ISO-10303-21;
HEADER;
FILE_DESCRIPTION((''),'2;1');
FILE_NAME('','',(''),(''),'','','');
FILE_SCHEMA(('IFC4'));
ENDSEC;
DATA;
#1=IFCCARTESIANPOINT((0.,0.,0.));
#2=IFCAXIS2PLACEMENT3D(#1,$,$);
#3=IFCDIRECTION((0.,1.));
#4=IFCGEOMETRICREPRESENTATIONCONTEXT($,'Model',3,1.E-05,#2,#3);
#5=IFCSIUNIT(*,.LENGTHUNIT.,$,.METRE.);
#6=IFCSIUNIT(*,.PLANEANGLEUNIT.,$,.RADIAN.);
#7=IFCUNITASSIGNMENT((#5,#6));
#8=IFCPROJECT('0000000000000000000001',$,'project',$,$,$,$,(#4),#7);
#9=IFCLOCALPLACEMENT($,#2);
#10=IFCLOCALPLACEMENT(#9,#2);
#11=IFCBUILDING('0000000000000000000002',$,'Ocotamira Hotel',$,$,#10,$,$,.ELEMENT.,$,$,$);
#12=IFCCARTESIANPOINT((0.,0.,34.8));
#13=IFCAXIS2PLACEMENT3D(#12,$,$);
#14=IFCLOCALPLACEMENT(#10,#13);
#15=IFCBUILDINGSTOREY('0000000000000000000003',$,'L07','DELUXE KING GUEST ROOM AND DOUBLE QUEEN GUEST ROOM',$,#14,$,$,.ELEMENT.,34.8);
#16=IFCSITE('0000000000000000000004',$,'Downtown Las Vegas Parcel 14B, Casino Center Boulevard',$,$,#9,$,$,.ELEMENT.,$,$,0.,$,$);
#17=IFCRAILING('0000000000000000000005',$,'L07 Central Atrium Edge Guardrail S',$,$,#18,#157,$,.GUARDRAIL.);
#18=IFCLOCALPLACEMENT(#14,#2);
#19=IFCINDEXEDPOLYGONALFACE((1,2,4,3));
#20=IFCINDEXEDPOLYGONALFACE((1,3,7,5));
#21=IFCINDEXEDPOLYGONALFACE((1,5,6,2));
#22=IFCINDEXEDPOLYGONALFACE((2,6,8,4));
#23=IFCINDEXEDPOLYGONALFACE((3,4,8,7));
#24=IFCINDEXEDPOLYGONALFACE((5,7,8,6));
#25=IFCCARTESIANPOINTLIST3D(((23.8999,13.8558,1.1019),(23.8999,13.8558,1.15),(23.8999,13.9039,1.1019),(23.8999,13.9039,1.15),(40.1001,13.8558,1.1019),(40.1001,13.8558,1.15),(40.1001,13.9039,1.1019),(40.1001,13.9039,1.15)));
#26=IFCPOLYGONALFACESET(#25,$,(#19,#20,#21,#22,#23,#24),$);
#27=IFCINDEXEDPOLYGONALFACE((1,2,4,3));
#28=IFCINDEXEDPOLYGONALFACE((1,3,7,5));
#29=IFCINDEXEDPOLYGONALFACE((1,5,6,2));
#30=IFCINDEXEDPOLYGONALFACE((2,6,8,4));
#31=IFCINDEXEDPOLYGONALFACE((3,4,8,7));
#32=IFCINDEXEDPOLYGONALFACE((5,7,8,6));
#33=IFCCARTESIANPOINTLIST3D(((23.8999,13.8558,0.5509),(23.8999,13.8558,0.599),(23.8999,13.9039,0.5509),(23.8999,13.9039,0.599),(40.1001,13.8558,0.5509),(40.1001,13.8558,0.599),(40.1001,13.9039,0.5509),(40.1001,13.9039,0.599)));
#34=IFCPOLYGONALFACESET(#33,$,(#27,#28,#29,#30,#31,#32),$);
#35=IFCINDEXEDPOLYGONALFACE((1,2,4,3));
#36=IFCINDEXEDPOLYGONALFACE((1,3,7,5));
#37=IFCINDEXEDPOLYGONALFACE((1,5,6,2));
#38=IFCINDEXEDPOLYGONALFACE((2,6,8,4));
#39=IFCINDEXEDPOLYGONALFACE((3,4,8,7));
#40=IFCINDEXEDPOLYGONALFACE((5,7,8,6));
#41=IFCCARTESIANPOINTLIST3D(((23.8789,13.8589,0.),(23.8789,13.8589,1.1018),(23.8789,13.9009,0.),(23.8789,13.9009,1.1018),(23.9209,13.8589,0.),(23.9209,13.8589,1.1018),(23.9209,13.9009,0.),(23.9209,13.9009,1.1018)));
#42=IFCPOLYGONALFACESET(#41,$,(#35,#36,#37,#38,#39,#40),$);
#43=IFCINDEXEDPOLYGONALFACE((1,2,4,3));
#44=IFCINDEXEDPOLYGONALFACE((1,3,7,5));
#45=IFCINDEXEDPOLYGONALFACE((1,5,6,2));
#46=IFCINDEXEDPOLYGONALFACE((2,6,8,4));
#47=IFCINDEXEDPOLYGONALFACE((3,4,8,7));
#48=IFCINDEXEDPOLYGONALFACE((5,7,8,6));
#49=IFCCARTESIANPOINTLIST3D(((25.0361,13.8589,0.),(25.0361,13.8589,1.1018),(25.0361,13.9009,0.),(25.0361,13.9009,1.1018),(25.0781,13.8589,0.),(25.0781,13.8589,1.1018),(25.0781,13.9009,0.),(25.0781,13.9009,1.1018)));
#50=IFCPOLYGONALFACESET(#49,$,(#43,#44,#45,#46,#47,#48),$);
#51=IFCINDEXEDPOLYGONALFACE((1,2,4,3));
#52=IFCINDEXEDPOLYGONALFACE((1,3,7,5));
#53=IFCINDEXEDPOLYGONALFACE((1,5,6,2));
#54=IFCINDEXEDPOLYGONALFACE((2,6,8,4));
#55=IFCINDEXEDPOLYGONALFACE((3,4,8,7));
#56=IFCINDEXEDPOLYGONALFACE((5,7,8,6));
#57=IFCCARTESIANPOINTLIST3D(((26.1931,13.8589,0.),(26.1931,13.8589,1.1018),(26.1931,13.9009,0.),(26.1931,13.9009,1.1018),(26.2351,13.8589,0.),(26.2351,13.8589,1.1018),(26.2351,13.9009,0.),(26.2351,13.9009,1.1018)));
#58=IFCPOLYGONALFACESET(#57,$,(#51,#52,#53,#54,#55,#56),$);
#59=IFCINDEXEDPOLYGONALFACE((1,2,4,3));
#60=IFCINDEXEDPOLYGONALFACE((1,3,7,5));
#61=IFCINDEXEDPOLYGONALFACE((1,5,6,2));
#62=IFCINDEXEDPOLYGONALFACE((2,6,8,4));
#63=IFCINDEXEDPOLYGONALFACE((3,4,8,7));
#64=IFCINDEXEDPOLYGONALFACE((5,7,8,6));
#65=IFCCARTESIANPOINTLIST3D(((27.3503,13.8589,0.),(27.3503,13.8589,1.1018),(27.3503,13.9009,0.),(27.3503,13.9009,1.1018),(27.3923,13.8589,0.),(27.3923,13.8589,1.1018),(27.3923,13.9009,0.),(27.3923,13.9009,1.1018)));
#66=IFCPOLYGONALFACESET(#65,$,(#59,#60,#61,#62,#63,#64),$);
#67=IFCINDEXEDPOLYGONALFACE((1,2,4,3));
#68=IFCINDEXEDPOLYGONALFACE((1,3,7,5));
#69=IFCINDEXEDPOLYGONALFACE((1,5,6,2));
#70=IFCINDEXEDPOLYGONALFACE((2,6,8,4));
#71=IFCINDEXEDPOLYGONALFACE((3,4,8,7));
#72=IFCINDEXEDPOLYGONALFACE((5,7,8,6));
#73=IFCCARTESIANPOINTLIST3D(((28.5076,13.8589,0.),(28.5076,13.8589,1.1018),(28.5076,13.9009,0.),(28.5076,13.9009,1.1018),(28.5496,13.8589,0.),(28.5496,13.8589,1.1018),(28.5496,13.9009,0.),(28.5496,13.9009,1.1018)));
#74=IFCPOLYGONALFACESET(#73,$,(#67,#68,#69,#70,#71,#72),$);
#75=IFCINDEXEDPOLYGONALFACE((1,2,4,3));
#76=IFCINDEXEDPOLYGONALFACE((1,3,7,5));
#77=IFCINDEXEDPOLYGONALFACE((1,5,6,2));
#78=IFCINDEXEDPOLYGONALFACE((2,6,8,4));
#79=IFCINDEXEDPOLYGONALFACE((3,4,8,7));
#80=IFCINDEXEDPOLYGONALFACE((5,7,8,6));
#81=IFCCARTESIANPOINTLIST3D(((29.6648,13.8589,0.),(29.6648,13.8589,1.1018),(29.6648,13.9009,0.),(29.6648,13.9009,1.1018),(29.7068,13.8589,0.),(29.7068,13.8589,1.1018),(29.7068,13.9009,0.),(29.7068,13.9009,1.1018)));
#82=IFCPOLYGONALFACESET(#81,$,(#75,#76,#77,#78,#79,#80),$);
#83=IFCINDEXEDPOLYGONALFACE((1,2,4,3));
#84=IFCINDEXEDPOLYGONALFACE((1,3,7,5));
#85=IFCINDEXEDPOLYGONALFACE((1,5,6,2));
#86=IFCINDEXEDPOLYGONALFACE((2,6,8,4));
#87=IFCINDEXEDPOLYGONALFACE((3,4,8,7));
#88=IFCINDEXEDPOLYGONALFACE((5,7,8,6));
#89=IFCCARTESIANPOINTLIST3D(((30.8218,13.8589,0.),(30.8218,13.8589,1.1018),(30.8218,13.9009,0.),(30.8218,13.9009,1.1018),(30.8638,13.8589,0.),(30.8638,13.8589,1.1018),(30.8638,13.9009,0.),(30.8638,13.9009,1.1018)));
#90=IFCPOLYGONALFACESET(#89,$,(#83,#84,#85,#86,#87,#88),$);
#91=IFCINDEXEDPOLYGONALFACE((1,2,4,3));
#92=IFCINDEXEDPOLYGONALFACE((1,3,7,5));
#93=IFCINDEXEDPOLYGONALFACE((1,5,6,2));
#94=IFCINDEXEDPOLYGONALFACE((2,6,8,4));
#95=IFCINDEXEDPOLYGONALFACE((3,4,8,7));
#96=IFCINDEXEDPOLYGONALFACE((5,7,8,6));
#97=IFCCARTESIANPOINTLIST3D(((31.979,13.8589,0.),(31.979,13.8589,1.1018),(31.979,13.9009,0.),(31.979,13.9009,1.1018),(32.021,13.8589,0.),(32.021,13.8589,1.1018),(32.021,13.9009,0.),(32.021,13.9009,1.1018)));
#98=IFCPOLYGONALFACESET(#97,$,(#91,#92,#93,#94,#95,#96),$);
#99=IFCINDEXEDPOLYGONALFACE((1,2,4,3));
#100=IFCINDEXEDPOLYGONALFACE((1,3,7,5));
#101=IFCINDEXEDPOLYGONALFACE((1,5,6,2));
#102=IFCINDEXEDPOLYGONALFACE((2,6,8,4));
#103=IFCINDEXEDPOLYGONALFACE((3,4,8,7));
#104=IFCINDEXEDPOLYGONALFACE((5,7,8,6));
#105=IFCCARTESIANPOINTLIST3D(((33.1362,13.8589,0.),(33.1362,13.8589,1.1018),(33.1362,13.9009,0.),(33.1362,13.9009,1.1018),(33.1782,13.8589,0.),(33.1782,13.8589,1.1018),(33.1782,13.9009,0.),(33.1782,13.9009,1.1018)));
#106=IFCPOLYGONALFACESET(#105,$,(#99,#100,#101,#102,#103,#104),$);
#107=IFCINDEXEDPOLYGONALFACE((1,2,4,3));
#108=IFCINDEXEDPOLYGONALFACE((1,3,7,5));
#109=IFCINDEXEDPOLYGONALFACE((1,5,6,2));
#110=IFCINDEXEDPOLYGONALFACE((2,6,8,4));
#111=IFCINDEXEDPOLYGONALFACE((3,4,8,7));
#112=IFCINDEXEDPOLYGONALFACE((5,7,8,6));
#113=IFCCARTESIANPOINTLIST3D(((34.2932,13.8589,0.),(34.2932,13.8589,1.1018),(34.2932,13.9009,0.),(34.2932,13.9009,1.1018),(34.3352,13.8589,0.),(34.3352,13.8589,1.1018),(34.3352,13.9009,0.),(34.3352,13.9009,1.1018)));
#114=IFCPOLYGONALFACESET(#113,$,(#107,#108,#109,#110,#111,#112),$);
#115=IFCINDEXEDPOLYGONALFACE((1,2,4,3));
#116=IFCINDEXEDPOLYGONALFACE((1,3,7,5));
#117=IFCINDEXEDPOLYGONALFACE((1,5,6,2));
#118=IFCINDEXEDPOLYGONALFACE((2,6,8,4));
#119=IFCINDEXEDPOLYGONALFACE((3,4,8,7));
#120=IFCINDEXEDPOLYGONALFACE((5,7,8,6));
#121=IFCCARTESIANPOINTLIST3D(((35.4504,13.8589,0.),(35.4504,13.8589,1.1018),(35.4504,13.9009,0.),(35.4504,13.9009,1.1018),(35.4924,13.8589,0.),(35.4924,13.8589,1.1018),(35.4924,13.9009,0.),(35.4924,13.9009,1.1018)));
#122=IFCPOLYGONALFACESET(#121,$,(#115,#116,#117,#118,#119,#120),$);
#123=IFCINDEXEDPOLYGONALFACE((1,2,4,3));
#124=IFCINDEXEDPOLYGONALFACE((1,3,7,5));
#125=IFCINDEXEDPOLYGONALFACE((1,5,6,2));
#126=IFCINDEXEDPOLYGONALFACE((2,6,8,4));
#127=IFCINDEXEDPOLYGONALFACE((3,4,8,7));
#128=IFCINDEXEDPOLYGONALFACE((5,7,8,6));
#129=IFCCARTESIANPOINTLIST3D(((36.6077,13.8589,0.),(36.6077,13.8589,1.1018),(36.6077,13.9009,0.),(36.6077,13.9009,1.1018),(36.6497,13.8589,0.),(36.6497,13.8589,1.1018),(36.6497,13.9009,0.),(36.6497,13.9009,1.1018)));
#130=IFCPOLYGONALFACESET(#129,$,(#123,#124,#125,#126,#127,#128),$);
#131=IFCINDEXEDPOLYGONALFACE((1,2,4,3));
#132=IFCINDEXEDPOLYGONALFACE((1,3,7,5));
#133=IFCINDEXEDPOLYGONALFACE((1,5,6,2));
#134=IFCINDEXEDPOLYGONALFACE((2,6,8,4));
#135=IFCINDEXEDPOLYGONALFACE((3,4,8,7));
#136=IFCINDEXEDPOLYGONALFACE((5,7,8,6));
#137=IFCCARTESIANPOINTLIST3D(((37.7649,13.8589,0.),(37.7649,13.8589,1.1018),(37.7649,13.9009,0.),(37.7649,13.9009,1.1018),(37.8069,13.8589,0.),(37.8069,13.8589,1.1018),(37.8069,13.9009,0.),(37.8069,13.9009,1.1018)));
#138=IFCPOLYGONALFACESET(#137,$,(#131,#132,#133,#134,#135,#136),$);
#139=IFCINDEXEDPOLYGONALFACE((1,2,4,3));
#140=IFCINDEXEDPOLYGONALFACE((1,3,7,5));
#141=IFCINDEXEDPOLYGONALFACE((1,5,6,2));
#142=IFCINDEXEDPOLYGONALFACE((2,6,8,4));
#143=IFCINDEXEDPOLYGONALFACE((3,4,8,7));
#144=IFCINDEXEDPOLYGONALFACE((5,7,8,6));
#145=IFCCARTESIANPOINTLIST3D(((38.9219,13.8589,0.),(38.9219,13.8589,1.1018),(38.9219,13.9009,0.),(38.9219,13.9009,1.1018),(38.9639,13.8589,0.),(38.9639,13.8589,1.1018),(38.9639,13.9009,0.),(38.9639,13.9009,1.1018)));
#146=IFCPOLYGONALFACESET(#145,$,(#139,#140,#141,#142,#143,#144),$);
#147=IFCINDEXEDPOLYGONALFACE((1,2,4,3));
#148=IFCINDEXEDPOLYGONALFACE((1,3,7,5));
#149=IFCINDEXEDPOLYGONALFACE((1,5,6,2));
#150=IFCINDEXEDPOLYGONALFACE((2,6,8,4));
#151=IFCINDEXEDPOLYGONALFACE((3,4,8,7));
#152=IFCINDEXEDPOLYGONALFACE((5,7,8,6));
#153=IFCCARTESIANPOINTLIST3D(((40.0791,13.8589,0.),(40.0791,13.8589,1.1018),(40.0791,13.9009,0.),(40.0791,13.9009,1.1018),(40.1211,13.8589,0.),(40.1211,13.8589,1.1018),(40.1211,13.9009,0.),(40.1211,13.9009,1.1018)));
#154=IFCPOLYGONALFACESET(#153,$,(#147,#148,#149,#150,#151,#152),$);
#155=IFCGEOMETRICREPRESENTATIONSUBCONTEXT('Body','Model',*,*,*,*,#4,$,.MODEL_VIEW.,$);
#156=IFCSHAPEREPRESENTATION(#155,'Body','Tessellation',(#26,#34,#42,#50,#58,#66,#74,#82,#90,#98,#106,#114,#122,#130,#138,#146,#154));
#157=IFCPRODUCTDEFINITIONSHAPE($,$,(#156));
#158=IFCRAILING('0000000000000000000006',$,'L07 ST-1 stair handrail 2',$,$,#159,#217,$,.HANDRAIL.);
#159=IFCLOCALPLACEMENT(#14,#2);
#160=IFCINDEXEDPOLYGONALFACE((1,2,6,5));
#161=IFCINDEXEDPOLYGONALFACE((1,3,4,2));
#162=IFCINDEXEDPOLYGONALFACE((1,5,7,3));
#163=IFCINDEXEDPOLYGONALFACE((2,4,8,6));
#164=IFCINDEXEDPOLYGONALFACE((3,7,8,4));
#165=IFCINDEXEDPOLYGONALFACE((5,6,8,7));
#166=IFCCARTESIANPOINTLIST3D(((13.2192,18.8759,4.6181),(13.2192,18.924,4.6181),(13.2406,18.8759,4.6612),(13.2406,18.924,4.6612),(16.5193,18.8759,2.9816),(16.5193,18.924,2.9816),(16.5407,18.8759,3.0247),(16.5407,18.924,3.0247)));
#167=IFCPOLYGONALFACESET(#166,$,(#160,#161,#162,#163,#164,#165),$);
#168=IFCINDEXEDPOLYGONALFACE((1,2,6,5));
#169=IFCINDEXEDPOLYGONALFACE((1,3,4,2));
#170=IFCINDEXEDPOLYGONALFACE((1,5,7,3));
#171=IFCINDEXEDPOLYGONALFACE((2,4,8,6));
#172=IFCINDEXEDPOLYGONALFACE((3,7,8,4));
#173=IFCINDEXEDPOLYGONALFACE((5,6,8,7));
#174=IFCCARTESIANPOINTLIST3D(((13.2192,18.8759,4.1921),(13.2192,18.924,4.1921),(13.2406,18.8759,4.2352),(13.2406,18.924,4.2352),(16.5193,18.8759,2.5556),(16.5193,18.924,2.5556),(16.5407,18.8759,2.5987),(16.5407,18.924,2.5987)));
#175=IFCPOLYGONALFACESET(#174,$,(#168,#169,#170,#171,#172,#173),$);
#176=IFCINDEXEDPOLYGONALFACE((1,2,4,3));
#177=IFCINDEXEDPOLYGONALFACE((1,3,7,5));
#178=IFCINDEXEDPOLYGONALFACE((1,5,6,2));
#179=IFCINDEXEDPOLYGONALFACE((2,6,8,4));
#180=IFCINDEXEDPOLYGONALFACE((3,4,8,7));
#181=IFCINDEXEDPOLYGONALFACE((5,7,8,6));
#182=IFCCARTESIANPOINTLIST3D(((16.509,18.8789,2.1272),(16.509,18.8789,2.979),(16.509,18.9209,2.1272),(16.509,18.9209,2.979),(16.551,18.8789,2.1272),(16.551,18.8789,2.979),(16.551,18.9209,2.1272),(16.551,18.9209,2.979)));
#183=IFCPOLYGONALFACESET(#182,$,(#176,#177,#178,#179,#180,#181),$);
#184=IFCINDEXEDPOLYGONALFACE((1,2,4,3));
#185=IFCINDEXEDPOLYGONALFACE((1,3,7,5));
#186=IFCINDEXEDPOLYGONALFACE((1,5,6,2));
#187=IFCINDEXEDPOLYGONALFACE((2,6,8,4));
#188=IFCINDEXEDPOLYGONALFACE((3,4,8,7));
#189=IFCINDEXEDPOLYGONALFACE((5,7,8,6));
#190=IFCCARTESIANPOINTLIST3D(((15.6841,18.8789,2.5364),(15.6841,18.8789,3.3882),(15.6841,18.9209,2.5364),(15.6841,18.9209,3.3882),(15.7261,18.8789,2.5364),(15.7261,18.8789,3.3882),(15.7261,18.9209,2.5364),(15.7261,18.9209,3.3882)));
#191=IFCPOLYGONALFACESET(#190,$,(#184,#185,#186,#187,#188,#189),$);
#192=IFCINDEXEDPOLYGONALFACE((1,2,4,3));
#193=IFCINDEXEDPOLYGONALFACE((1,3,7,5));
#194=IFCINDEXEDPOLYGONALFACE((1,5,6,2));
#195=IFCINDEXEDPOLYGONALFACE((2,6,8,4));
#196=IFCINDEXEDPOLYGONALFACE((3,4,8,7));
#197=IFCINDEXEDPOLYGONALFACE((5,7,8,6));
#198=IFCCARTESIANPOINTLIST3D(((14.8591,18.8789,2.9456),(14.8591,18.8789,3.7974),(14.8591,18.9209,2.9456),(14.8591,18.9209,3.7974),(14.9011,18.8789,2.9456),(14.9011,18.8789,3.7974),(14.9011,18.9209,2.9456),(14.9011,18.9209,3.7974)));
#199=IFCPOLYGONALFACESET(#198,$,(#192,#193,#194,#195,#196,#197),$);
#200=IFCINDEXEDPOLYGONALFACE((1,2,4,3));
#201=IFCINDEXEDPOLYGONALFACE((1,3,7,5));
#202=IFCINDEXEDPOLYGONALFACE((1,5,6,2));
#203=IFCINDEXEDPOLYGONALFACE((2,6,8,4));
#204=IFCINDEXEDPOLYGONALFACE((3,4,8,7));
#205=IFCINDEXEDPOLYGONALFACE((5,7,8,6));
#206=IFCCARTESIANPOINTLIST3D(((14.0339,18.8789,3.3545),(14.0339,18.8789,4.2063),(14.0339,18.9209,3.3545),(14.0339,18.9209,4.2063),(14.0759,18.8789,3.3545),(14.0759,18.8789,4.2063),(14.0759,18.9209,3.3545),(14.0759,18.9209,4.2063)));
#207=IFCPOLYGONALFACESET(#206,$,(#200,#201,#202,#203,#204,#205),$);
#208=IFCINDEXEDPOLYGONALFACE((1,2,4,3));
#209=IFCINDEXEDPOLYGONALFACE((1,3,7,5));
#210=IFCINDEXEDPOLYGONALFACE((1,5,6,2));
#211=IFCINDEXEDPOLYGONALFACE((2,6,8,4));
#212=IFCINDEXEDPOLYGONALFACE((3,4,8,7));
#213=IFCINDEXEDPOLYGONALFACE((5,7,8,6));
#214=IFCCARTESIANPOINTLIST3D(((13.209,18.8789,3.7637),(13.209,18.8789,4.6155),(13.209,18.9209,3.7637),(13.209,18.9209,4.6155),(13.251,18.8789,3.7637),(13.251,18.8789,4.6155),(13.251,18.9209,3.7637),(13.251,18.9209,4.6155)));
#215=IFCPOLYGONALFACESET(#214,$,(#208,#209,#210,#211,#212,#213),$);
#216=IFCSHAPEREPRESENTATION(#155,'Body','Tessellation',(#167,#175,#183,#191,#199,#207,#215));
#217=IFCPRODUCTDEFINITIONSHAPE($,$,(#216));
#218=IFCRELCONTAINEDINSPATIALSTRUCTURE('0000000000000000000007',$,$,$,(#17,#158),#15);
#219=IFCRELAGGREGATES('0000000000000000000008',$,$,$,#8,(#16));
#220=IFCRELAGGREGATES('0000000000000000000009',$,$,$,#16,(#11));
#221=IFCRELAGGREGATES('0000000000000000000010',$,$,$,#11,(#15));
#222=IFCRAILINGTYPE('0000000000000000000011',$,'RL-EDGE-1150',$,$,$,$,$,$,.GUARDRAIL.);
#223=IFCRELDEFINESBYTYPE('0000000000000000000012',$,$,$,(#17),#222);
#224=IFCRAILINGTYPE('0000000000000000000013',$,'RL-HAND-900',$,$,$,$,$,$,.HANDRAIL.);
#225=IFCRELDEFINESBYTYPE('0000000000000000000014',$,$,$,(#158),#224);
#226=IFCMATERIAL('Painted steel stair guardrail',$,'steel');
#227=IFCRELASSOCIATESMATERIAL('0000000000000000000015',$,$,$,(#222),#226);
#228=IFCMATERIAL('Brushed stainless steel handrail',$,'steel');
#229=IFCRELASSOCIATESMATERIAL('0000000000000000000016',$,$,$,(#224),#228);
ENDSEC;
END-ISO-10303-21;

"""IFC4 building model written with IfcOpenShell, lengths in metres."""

from ifc_helpers import new_model, si_unit, direction, frame, origin, origin_2d, place, context, subcontext, project, spatial, rectangle, extrude, material, type_object, element, save


model = new_model("IFC4")

# Units and contexts
model_context = context("Model", 3, precision=1e-05, world=origin(), true_north=direction((0.0, 1.0)))
body_context = subcontext(model_context, "Body", "Model", "MODEL_VIEW")
ifc_project = project(units=[si_unit("LENGTHUNIT", "METRE"), si_unit("PLANEANGLEUNIT", "RADIAN")], contexts=[model_context])

# Site, building, storey
site_placement = place(None, origin())
site = spatial("IfcSite", under=ifc_project, at=site_placement, Name="Downtown Las Vegas Parcel 14B, Casino Center Boulevard", CompositionType="ELEMENT", RefElevation=0.0)
building_placement = place(site_placement, origin())
building = spatial("IfcBuilding", under=site, at=building_placement, Name="Ocotamira Hotel", CompositionType="ELEMENT")
storey_placement = place(building_placement, frame((0.0, 0.0, 34.8)))
storey = spatial("IfcBuildingStorey", under=building, at=storey_placement, Name="L07", Description="DELUXE KING GUEST ROOM AND DOUBLE QUEEN GUEST ROOM", CompositionType="ELEMENT", Elevation=34.8)

# Railings
ifc_material_1 = material(Name="Painted steel stair guardrail", Category="steel")
railing_type_1 = type_object("IfcRailingType", Name="RL-EDGE-1150", PredefinedType="GUARDRAIL", material=ifc_material_1)
railing_1_placement = place(storey_placement, frame((23.8999, 13.8799, 0.0)))
element("IfcRailing", 1, at=railing_1_placement, inside=storey, type_object=railing_type_1, Name="L07 Central Atrium Edge Guardrail S", PredefinedType="GUARDRAIL", context=body_context, shape_type="SweptSolid", body=[
    extrude(rectangle(XDim=0.0481, YDim=0.0481, at=origin_2d()), frame((0.0, 0.0, 1.126), z_axis=(1.0, 0.0, 0.0), x_axis=(0.0, 1.0, 0.0)), (0.0, 0.0, 1.0), 16.2002),
    extrude(rectangle(XDim=0.0481, YDim=0.0481, at=origin_2d()), frame((0.0, 0.0, 0.575), z_axis=(1.0, 0.0, 0.0), x_axis=(0.0, 1.0, 0.0)), (0.0, 0.0, 1.0), 16.2002),
    extrude(rectangle(XDim=0.042, YDim=0.042, at=origin_2d()), origin(), (0.0, 0.0, 1.0), 1.1018),
    extrude(rectangle(XDim=0.042, YDim=0.042, at=origin_2d()), frame((1.1572, 0.0, 0.0)), (0.0, 0.0, 1.0), 1.1018),
    extrude(rectangle(XDim=0.042, YDim=0.042, at=origin_2d()), frame((2.3142, 0.0, 0.0)), (0.0, 0.0, 1.0), 1.1018),
    extrude(rectangle(XDim=0.042, YDim=0.042, at=origin_2d()), frame((3.4714, 0.0, 0.0)), (0.0, 0.0, 1.0), 1.1018),
    extrude(rectangle(XDim=0.042, YDim=0.042, at=origin_2d()), frame((4.6287, 0.0, 0.0)), (0.0, 0.0, 1.0), 1.1018),
    extrude(rectangle(XDim=0.042, YDim=0.042, at=origin_2d()), frame((5.7859, 0.0, 0.0)), (0.0, 0.0, 1.0), 1.1018),
    extrude(rectangle(XDim=0.042, YDim=0.042, at=origin_2d()), frame((6.9429, 0.0, 0.0)), (0.0, 0.0, 1.0), 1.1018),
    extrude(rectangle(XDim=0.042, YDim=0.042, at=origin_2d()), frame((8.1001, 0.0, 0.0)), (0.0, 0.0, 1.0), 1.1018),
    extrude(rectangle(XDim=0.042, YDim=0.042, at=origin_2d()), frame((9.2573, 0.0, 0.0)), (0.0, 0.0, 1.0), 1.1018),
    extrude(rectangle(XDim=0.042, YDim=0.042, at=origin_2d()), frame((10.4143, 0.0, 0.0)), (0.0, 0.0, 1.0), 1.1018),
    extrude(rectangle(XDim=0.042, YDim=0.042, at=origin_2d()), frame((11.5715, 0.0, 0.0)), (0.0, 0.0, 1.0), 1.1018),
    extrude(rectangle(XDim=0.042, YDim=0.042, at=origin_2d()), frame((12.7288, 0.0, 0.0)), (0.0, 0.0, 1.0), 1.1018),
    extrude(rectangle(XDim=0.042, YDim=0.042, at=origin_2d()), frame((13.886, 0.0, 0.0)), (0.0, 0.0, 1.0), 1.1018),
    extrude(rectangle(XDim=0.042, YDim=0.042, at=origin_2d()), frame((15.043, 0.0, 0.0)), (0.0, 0.0, 1.0), 1.1018),
    extrude(rectangle(XDim=0.042, YDim=0.042, at=origin_2d()), frame((16.2002, 0.0, 0.0)), (0.0, 0.0, 1.0), 1.1018),
])
ifc_material_2 = material(Name="Brushed stainless steel handrail", Category="steel")
railing_type_2 = type_object("IfcRailingType", Name="RL-HAND-900", PredefinedType="HANDRAIL", material=ifc_material_2)
railing_2_placement = place(storey_placement, frame((16.53, 18.8999, 2.1272)))
element("IfcRailing", 2, at=railing_2_placement, inside=storey, type_object=railing_type_2, Name="L07 ST-1 stair handrail 2", PredefinedType="HANDRAIL", context=body_context, shape_type="SweptSolid", body=[
    extrude(rectangle(XDim=0.0481, YDim=0.0481, at=origin_2d()), frame((0.0, 0.0, 0.876), z_axis=(-0.895894, 0.0, 0.444268), x_axis=(0.0, -1.0, 0.0)), (0.0, 0.0, 1.0), 3.6836),
    extrude(rectangle(XDim=0.0481, YDim=0.0481, at=origin_2d()), frame((0.0, 0.0, 0.45), z_axis=(-0.895894, 0.0, 0.444268), x_axis=(0.0, -1.0, 0.0)), (0.0, 0.0, 1.0), 3.6836),
    extrude(rectangle(XDim=0.042, YDim=0.042, at=origin_2d()), origin(), (0.0, 0.0, 1.0), 0.8518),
    extrude(rectangle(XDim=0.042, YDim=0.042, at=origin_2d()), frame((-0.825, 0.0, 0.4092)), (0.0, 0.0, 1.0), 0.8518),
    extrude(rectangle(XDim=0.042, YDim=0.042, at=origin_2d()), frame((-1.6499, 0.0, 0.8184)), (0.0, 0.0, 1.0), 0.8518),
    extrude(rectangle(XDim=0.042, YDim=0.042, at=origin_2d()), frame((-2.4751, 0.0, 1.2273)), (0.0, 0.0, 1.0), 0.8518),
    extrude(rectangle(XDim=0.042, YDim=0.042, at=origin_2d()), frame((-3.3, 0.0, 1.6365)), (0.0, 0.0, 1.0), 0.8518),
])

save(model, "model.ifc")
